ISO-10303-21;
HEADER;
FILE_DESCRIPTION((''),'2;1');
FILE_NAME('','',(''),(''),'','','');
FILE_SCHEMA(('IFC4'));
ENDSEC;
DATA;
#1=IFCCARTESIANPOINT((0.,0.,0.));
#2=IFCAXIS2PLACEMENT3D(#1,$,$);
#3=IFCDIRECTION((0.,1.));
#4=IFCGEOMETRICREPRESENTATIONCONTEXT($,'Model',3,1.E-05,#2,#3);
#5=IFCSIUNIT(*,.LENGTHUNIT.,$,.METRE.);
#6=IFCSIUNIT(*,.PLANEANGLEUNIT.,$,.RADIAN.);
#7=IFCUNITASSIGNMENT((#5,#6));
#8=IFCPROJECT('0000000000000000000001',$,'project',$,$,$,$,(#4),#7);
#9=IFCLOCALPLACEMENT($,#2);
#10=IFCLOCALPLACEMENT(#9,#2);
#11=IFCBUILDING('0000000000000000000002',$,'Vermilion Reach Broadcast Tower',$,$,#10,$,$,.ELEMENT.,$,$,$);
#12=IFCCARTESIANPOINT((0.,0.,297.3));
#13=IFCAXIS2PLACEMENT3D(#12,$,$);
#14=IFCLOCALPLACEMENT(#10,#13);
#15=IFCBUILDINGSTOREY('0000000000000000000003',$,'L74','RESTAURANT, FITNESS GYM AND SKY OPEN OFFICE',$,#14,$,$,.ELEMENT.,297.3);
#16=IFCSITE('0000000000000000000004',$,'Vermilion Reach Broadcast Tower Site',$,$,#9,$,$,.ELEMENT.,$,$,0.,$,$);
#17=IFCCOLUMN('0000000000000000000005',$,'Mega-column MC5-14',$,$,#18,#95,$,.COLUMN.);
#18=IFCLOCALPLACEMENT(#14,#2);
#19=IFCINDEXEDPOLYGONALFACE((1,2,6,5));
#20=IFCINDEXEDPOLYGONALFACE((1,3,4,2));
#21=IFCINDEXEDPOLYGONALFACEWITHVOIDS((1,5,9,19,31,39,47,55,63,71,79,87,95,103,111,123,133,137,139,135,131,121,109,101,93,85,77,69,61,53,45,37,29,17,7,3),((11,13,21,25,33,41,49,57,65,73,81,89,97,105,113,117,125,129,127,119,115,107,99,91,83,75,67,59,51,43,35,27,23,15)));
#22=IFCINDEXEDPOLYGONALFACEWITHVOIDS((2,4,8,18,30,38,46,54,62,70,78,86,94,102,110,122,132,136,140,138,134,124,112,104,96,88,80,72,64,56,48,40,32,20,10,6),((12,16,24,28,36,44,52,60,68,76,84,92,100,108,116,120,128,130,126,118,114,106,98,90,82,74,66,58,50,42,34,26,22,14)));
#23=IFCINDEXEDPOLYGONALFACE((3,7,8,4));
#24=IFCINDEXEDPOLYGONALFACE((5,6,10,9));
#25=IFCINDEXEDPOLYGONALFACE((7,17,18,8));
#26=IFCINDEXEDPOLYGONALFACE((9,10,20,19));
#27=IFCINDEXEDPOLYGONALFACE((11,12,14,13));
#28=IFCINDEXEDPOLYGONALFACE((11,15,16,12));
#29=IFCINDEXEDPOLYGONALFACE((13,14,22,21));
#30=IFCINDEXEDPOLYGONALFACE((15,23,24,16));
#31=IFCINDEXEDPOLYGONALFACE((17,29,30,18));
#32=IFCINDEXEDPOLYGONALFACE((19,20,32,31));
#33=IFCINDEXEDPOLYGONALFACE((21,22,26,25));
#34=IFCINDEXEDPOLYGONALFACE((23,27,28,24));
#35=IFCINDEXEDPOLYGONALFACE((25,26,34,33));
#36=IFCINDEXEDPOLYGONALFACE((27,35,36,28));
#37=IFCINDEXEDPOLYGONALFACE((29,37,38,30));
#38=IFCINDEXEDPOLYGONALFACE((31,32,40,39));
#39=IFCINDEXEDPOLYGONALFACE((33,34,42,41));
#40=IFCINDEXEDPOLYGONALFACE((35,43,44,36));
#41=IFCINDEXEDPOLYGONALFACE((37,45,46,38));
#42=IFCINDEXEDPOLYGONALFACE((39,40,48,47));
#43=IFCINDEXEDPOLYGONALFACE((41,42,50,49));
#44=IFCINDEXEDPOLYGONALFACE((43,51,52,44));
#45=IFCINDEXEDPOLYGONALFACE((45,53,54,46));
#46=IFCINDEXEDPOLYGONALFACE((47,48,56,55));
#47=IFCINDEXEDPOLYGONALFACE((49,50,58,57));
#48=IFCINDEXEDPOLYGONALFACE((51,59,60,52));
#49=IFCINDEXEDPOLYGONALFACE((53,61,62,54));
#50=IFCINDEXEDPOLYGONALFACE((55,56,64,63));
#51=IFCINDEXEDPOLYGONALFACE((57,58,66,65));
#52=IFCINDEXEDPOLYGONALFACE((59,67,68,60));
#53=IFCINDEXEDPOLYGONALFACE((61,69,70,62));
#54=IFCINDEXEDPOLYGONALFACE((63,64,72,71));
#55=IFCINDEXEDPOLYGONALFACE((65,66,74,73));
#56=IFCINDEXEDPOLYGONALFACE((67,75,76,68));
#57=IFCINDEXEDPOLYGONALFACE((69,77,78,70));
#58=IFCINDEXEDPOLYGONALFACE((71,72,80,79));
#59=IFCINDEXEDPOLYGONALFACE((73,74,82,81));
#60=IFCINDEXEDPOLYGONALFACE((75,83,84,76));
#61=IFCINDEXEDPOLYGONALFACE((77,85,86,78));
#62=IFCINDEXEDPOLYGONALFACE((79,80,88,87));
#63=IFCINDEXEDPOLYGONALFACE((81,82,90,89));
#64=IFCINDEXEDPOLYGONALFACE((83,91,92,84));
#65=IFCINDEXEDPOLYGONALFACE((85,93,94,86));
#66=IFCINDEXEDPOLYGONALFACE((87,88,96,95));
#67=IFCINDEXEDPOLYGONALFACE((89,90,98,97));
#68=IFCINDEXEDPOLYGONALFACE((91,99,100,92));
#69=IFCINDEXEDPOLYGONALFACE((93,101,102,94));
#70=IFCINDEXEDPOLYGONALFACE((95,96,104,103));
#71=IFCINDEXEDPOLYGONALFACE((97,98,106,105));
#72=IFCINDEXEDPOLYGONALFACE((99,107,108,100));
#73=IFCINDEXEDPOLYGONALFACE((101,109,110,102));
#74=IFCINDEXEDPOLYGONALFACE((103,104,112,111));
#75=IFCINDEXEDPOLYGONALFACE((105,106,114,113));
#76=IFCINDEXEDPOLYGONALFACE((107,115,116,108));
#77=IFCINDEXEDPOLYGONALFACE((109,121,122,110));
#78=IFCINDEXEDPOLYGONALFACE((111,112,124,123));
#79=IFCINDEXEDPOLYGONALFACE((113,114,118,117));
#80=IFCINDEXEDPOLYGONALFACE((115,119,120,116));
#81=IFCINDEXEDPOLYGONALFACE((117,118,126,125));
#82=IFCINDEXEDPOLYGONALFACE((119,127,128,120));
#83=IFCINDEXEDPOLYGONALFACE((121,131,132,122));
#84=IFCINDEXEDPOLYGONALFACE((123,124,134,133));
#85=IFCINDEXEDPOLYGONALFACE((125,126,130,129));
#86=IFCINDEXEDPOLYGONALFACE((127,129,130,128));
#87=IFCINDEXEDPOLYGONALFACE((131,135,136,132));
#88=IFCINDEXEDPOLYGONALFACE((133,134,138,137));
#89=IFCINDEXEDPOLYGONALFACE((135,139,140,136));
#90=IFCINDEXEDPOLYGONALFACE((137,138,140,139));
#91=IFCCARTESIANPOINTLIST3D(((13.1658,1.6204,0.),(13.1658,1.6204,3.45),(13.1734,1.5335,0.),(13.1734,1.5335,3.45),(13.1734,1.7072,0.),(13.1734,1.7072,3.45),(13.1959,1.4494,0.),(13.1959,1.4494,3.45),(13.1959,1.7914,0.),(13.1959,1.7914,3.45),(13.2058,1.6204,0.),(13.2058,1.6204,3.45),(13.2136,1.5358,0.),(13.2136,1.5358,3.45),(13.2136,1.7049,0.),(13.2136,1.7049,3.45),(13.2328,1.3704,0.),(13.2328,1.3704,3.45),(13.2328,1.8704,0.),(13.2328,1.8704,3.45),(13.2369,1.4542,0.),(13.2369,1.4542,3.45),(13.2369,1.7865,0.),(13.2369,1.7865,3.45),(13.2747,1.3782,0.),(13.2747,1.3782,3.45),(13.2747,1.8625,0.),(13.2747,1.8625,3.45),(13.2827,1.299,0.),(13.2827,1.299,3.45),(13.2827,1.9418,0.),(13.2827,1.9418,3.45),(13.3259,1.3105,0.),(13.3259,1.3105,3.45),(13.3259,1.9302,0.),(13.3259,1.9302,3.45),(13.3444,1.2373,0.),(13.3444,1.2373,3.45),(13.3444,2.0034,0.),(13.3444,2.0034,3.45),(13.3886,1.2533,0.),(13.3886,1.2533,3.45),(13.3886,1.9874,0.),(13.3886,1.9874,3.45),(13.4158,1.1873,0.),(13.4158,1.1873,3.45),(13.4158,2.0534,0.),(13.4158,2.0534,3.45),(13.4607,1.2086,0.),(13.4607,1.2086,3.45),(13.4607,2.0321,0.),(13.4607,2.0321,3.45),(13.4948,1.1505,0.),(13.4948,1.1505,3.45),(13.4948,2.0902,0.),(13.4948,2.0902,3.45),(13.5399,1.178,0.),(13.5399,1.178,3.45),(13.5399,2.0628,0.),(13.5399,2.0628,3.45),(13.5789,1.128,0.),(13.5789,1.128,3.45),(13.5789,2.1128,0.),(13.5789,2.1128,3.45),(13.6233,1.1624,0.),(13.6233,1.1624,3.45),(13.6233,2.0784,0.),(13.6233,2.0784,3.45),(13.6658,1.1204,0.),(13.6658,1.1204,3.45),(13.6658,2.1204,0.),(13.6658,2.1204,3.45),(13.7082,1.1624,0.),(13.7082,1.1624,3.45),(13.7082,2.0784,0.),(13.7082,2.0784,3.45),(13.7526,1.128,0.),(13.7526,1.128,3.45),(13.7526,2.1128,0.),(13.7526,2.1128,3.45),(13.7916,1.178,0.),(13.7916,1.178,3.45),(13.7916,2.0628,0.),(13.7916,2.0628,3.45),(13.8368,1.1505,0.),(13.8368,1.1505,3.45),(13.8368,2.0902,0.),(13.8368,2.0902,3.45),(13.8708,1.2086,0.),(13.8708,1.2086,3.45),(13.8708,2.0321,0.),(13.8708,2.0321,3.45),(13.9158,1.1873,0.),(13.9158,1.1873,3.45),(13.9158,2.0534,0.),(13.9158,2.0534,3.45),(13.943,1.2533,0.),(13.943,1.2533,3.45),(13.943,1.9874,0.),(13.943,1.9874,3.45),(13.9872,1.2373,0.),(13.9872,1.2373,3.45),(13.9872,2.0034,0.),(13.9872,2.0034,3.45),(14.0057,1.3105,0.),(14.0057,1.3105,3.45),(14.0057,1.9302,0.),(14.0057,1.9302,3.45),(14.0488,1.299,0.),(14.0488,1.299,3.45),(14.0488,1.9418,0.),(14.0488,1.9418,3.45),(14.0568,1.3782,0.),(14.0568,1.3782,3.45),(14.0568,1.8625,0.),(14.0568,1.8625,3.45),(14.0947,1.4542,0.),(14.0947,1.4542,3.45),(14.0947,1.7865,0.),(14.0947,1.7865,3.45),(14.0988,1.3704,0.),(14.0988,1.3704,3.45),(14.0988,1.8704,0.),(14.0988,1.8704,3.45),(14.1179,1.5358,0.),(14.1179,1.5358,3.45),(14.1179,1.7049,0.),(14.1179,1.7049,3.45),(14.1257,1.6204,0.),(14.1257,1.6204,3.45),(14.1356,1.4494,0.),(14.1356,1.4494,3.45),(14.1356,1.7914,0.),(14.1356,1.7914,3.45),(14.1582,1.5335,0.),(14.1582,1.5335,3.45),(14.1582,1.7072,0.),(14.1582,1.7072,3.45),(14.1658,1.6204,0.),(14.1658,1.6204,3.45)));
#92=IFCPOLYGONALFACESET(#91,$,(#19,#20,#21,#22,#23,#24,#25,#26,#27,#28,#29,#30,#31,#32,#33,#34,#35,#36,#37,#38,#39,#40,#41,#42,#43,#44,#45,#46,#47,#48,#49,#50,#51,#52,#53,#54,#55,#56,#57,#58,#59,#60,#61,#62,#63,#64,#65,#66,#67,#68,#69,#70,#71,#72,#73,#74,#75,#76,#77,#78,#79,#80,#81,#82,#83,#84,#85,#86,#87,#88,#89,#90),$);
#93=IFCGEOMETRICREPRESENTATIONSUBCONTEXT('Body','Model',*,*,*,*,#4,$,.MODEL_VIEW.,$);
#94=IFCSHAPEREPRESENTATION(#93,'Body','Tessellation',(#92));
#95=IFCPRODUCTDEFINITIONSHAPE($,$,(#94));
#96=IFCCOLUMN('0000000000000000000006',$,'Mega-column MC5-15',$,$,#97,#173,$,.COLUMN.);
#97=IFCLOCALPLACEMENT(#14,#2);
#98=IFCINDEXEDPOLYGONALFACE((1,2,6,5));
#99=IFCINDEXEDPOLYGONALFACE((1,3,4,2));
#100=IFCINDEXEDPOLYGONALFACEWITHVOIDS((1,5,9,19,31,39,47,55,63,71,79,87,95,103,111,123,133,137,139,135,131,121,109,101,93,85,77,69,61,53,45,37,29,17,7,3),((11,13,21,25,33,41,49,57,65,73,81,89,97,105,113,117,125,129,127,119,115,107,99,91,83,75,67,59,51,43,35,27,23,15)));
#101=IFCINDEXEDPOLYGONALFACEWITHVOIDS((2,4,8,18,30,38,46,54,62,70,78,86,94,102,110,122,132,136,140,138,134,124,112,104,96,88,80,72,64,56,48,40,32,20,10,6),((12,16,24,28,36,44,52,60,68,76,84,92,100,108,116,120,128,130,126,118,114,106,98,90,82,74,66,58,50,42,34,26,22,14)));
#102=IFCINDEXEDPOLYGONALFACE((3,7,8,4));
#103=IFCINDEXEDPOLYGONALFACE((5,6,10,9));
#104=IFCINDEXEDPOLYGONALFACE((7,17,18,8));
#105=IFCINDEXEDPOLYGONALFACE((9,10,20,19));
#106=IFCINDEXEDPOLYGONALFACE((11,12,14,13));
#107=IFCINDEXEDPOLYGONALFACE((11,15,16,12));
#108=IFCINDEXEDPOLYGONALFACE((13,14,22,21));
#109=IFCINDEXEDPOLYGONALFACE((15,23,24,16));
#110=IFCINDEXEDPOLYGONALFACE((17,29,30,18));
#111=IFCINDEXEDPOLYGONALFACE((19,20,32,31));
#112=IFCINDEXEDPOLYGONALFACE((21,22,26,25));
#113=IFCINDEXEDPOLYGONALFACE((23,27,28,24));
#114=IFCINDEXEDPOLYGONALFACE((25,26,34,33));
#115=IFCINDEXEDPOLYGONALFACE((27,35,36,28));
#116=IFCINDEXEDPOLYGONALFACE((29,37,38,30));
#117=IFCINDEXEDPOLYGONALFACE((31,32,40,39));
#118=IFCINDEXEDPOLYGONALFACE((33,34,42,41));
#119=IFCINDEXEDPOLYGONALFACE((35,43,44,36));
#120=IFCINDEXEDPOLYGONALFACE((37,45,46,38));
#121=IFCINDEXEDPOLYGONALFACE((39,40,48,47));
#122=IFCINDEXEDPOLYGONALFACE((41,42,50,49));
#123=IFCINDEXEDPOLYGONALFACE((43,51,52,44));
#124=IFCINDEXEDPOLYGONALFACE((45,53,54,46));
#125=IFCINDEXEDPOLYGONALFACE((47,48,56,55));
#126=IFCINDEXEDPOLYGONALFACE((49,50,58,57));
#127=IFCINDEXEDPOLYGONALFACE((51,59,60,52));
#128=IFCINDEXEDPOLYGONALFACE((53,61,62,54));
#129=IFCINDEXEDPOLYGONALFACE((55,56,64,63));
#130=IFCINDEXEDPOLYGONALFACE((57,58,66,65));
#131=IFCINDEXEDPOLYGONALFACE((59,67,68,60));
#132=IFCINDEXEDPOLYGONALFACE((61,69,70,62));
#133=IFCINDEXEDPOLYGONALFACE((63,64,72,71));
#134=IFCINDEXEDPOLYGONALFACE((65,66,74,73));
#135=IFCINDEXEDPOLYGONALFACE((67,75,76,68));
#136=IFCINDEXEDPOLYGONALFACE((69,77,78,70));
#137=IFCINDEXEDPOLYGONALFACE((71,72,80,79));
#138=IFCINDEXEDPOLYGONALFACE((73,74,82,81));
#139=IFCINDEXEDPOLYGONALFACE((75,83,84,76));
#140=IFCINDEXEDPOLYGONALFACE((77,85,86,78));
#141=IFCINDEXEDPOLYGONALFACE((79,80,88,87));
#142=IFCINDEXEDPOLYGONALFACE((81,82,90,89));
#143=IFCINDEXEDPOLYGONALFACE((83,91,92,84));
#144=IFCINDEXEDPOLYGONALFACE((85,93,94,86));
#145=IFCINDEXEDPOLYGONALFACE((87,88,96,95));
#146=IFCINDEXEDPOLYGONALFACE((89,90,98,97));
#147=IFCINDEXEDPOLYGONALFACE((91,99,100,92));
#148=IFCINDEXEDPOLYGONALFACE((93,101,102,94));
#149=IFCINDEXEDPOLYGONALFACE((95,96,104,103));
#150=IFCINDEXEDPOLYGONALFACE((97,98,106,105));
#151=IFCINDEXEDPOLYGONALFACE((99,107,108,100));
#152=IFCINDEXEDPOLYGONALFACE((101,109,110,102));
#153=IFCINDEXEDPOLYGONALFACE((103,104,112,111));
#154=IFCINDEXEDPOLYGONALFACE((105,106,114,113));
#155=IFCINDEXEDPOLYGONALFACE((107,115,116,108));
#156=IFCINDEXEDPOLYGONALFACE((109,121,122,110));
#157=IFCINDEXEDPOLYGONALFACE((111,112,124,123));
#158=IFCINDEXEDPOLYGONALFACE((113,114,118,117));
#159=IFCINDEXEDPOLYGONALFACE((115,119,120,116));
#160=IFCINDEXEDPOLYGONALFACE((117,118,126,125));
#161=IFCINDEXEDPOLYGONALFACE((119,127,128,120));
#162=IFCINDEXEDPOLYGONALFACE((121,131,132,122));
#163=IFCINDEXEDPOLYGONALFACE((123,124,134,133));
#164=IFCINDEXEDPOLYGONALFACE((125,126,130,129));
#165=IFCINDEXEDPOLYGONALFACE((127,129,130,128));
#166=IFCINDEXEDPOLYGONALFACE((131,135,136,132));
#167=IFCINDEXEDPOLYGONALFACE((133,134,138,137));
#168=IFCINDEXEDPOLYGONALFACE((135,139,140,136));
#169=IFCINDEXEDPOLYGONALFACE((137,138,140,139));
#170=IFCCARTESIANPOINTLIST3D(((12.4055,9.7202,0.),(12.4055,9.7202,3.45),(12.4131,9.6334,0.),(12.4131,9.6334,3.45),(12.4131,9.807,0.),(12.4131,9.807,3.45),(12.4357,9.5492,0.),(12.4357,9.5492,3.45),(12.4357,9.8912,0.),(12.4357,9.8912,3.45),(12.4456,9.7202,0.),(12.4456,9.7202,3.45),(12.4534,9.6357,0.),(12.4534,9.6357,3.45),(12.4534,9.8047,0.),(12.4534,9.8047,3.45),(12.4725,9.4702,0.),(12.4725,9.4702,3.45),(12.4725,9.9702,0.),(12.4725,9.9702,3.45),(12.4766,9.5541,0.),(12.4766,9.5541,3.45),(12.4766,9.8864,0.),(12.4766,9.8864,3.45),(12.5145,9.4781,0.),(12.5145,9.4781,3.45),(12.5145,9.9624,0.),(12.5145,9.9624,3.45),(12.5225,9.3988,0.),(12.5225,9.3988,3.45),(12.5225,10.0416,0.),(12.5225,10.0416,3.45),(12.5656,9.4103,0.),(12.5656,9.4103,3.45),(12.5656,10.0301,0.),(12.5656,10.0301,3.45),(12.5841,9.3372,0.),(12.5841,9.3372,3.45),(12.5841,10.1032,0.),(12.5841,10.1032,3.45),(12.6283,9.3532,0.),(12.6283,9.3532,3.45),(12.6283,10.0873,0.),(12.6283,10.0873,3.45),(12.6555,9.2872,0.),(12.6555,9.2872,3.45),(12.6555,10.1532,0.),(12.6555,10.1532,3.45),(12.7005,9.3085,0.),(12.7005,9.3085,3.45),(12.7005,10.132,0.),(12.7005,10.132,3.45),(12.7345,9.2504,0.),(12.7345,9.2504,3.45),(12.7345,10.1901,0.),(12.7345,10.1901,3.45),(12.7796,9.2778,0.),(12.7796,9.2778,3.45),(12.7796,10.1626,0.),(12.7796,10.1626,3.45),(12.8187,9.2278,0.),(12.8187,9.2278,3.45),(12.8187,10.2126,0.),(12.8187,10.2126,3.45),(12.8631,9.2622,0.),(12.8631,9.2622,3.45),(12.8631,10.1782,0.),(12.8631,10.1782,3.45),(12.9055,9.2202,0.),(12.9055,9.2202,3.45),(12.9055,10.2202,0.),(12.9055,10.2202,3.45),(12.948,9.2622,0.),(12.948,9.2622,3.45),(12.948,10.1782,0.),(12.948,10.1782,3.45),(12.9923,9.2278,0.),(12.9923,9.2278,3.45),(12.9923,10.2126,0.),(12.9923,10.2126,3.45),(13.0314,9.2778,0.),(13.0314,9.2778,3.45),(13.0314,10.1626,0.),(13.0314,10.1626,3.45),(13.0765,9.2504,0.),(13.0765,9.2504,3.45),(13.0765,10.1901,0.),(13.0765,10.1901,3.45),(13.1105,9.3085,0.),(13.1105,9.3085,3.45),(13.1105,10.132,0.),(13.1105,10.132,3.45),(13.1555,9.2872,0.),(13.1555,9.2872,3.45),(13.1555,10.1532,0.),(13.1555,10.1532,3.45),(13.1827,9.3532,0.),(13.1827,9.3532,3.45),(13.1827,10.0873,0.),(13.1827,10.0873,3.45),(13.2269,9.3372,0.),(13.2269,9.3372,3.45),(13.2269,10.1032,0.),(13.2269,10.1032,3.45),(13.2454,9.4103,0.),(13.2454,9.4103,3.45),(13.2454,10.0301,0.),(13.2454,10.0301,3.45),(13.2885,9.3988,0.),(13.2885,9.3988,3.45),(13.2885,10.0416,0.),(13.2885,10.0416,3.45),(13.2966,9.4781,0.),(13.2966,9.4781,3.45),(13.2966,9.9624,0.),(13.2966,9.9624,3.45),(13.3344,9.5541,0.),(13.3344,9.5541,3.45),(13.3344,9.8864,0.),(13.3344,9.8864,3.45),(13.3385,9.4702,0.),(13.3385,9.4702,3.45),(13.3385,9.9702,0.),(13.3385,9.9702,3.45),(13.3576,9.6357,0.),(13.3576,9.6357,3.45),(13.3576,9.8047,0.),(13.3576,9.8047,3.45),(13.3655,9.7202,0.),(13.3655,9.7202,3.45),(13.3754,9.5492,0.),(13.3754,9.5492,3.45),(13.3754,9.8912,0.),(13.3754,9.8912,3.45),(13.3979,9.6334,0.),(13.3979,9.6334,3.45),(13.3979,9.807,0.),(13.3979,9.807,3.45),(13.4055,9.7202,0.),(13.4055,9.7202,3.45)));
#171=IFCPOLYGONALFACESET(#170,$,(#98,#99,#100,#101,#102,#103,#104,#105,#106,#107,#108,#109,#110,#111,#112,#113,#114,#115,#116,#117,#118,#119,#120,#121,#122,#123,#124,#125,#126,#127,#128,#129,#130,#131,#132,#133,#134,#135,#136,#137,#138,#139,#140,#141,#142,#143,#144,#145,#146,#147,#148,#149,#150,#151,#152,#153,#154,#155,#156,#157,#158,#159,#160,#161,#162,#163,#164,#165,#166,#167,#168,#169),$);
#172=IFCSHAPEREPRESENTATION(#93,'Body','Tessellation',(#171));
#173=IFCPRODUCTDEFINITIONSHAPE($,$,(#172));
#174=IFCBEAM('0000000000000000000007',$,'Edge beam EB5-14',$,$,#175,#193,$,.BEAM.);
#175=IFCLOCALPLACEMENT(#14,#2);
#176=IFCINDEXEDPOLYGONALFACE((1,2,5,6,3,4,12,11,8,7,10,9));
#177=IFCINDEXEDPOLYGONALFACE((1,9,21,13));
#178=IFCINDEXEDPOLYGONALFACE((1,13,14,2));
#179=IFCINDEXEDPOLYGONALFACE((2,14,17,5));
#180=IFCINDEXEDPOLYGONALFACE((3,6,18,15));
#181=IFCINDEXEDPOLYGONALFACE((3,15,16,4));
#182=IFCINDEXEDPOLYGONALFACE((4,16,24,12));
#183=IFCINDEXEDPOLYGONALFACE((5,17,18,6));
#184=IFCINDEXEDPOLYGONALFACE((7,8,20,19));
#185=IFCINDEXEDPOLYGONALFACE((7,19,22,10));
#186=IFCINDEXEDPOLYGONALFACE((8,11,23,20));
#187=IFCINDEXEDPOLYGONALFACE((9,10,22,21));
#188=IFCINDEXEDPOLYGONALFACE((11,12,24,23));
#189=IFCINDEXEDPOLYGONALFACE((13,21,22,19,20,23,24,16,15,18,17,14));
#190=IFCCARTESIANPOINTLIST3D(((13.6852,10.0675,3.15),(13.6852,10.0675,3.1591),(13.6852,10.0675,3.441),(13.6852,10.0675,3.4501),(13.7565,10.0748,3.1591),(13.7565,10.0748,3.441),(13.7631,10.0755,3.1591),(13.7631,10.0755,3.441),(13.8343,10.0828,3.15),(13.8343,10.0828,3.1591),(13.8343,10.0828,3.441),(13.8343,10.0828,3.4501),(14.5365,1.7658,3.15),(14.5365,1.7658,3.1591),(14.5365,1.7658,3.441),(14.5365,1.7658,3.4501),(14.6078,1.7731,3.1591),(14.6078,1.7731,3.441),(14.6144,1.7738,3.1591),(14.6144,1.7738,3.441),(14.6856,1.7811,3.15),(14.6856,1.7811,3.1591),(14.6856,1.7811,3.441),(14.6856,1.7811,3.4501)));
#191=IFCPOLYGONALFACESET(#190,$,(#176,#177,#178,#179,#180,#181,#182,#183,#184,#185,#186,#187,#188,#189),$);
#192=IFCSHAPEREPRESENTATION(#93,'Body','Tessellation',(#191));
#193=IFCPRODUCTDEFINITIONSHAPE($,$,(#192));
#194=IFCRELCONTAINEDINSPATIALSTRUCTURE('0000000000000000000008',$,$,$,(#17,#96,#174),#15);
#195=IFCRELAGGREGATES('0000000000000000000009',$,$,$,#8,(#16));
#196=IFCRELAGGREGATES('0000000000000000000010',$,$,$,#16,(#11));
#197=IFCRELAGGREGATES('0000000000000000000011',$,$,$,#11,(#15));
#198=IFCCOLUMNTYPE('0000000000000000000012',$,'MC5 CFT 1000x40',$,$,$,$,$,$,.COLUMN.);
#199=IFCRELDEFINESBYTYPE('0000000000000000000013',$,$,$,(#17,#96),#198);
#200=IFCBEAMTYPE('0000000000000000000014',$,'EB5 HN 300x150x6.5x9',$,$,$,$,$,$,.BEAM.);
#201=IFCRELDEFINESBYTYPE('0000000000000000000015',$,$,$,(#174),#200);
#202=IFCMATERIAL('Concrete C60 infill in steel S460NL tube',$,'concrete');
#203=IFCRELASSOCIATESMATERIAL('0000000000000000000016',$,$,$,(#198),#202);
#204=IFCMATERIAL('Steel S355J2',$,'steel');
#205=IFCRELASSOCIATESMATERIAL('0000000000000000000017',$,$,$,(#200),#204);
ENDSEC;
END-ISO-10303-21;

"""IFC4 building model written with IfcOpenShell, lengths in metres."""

from ifc_helpers import new_model, si_unit, direction, frame, origin, origin_2d, place, context, subcontext, project, spatial, hollow_circle, i_section, extrude, material, material_profile, profile_set, type_object, element, save


model = new_model("IFC4")

# Units and contexts
model_context = context("Model", 3, precision=1e-05, world=origin(), true_north=direction((0.0, 1.0)))
body_context = subcontext(model_context, "Body", "Model", "MODEL_VIEW")
ifc_project = project(units=[si_unit("LENGTHUNIT", "METRE"), si_unit("PLANEANGLEUNIT", "RADIAN")], contexts=[model_context])

# Site, building, storey
site_placement = place(None, origin())
site = spatial("IfcSite", under=ifc_project, at=site_placement, Name="Vermilion Reach Broadcast Tower Site", CompositionType="ELEMENT", RefElevation=0.0)
building_placement = place(site_placement, origin())
building = spatial("IfcBuilding", under=site, at=building_placement, Name="Vermilion Reach Broadcast Tower", CompositionType="ELEMENT")
storey_placement = place(building_placement, frame((0.0, 0.0, 297.3)))
storey = spatial("IfcBuildingStorey", under=building, at=storey_placement, Name="L74", Description="RESTAURANT, FITNESS GYM AND SKY OPEN OFFICE", CompositionType="ELEMENT", Elevation=297.3)

# Columns
ifc_material_1 = material(Name="Concrete C60 infill in steel S460NL tube", Category="concrete")
ifc_material_profile_1 = material_profile(ifc_material_1, hollow_circle(Radius=0.5, WallThickness=0.04, at=origin_2d()), Name="Concrete C60 infill in steel S460NL tube CFT 1000x40")
ifc_profile_set_1 = profile_set([ifc_material_profile_1], Name="Concrete C60 infill in steel S460NL tube")
column_type = type_object("IfcColumnType", Name="MC5 CFT 1000x40", PredefinedType="COLUMN", material=ifc_profile_set_1)
for number, where, z_axis, x_axis, name in (
    (1, (13.6658, 1.6204, 0.0), (0.0, 0.0, 1.0), (1.0, 0.0, 0.0), "Mega-column MC5-14"),
    (2, (12.9055, 9.7202, 0.0), (0.0, 0.0, 1.0), (1.0, 0.0, 0.0), "Mega-column MC5-15"),
):
    element("IfcColumn", number, at=place(storey_placement, frame(where, z_axis=z_axis, x_axis=x_axis)), inside=storey, type_object=column_type, Name=name, PredefinedType="COLUMN", context=body_context, shape_type="SweptSolid", body=[
        extrude(hollow_circle(Radius=0.5, WallThickness=0.04, at=origin_2d()), origin(), (0.0, 0.0, 1.0), 3.45),
    ])

# Beam
ifc_material_2 = material(Name="Steel S355J2", Category="steel")
ifc_material_profile_2 = material_profile(ifc_material_2, i_section(OverallWidth=0.1499, OverallDepth=0.3, WebThickness=0.0066, FlangeThickness=0.009, at=origin_2d()), Name="S355J2 HN 300x150x6.5x9")
ifc_profile_set_2 = profile_set([ifc_material_profile_2], Name="Steel S355J2")
beam_type_1 = type_object("IfcBeamType", Name="EB5 HN 300x150x6.5x9", PredefinedType="BEAM", material=ifc_profile_set_2)
beam_1_placement = place(storey_placement, frame((14.6111, 1.7734, 3.3), z_axis=(-0.102012, 0.994783, 0.0), x_axis=(-0.994783, -0.102012, 0.0)))
element("IfcBeam", 3, at=beam_1_placement, inside=storey, type_object=beam_type_1, Name="Edge beam EB5-14", PredefinedType="BEAM", context=body_context, shape_type="SweptSolid", body=[
    extrude(i_section(OverallWidth=0.1499, OverallDepth=0.3, WebThickness=0.0066, FlangeThickness=0.009, at=origin_2d()), origin(), (0.0, 0.0, 1.0), 8.3452),
])

save(model, "model.ifc")
